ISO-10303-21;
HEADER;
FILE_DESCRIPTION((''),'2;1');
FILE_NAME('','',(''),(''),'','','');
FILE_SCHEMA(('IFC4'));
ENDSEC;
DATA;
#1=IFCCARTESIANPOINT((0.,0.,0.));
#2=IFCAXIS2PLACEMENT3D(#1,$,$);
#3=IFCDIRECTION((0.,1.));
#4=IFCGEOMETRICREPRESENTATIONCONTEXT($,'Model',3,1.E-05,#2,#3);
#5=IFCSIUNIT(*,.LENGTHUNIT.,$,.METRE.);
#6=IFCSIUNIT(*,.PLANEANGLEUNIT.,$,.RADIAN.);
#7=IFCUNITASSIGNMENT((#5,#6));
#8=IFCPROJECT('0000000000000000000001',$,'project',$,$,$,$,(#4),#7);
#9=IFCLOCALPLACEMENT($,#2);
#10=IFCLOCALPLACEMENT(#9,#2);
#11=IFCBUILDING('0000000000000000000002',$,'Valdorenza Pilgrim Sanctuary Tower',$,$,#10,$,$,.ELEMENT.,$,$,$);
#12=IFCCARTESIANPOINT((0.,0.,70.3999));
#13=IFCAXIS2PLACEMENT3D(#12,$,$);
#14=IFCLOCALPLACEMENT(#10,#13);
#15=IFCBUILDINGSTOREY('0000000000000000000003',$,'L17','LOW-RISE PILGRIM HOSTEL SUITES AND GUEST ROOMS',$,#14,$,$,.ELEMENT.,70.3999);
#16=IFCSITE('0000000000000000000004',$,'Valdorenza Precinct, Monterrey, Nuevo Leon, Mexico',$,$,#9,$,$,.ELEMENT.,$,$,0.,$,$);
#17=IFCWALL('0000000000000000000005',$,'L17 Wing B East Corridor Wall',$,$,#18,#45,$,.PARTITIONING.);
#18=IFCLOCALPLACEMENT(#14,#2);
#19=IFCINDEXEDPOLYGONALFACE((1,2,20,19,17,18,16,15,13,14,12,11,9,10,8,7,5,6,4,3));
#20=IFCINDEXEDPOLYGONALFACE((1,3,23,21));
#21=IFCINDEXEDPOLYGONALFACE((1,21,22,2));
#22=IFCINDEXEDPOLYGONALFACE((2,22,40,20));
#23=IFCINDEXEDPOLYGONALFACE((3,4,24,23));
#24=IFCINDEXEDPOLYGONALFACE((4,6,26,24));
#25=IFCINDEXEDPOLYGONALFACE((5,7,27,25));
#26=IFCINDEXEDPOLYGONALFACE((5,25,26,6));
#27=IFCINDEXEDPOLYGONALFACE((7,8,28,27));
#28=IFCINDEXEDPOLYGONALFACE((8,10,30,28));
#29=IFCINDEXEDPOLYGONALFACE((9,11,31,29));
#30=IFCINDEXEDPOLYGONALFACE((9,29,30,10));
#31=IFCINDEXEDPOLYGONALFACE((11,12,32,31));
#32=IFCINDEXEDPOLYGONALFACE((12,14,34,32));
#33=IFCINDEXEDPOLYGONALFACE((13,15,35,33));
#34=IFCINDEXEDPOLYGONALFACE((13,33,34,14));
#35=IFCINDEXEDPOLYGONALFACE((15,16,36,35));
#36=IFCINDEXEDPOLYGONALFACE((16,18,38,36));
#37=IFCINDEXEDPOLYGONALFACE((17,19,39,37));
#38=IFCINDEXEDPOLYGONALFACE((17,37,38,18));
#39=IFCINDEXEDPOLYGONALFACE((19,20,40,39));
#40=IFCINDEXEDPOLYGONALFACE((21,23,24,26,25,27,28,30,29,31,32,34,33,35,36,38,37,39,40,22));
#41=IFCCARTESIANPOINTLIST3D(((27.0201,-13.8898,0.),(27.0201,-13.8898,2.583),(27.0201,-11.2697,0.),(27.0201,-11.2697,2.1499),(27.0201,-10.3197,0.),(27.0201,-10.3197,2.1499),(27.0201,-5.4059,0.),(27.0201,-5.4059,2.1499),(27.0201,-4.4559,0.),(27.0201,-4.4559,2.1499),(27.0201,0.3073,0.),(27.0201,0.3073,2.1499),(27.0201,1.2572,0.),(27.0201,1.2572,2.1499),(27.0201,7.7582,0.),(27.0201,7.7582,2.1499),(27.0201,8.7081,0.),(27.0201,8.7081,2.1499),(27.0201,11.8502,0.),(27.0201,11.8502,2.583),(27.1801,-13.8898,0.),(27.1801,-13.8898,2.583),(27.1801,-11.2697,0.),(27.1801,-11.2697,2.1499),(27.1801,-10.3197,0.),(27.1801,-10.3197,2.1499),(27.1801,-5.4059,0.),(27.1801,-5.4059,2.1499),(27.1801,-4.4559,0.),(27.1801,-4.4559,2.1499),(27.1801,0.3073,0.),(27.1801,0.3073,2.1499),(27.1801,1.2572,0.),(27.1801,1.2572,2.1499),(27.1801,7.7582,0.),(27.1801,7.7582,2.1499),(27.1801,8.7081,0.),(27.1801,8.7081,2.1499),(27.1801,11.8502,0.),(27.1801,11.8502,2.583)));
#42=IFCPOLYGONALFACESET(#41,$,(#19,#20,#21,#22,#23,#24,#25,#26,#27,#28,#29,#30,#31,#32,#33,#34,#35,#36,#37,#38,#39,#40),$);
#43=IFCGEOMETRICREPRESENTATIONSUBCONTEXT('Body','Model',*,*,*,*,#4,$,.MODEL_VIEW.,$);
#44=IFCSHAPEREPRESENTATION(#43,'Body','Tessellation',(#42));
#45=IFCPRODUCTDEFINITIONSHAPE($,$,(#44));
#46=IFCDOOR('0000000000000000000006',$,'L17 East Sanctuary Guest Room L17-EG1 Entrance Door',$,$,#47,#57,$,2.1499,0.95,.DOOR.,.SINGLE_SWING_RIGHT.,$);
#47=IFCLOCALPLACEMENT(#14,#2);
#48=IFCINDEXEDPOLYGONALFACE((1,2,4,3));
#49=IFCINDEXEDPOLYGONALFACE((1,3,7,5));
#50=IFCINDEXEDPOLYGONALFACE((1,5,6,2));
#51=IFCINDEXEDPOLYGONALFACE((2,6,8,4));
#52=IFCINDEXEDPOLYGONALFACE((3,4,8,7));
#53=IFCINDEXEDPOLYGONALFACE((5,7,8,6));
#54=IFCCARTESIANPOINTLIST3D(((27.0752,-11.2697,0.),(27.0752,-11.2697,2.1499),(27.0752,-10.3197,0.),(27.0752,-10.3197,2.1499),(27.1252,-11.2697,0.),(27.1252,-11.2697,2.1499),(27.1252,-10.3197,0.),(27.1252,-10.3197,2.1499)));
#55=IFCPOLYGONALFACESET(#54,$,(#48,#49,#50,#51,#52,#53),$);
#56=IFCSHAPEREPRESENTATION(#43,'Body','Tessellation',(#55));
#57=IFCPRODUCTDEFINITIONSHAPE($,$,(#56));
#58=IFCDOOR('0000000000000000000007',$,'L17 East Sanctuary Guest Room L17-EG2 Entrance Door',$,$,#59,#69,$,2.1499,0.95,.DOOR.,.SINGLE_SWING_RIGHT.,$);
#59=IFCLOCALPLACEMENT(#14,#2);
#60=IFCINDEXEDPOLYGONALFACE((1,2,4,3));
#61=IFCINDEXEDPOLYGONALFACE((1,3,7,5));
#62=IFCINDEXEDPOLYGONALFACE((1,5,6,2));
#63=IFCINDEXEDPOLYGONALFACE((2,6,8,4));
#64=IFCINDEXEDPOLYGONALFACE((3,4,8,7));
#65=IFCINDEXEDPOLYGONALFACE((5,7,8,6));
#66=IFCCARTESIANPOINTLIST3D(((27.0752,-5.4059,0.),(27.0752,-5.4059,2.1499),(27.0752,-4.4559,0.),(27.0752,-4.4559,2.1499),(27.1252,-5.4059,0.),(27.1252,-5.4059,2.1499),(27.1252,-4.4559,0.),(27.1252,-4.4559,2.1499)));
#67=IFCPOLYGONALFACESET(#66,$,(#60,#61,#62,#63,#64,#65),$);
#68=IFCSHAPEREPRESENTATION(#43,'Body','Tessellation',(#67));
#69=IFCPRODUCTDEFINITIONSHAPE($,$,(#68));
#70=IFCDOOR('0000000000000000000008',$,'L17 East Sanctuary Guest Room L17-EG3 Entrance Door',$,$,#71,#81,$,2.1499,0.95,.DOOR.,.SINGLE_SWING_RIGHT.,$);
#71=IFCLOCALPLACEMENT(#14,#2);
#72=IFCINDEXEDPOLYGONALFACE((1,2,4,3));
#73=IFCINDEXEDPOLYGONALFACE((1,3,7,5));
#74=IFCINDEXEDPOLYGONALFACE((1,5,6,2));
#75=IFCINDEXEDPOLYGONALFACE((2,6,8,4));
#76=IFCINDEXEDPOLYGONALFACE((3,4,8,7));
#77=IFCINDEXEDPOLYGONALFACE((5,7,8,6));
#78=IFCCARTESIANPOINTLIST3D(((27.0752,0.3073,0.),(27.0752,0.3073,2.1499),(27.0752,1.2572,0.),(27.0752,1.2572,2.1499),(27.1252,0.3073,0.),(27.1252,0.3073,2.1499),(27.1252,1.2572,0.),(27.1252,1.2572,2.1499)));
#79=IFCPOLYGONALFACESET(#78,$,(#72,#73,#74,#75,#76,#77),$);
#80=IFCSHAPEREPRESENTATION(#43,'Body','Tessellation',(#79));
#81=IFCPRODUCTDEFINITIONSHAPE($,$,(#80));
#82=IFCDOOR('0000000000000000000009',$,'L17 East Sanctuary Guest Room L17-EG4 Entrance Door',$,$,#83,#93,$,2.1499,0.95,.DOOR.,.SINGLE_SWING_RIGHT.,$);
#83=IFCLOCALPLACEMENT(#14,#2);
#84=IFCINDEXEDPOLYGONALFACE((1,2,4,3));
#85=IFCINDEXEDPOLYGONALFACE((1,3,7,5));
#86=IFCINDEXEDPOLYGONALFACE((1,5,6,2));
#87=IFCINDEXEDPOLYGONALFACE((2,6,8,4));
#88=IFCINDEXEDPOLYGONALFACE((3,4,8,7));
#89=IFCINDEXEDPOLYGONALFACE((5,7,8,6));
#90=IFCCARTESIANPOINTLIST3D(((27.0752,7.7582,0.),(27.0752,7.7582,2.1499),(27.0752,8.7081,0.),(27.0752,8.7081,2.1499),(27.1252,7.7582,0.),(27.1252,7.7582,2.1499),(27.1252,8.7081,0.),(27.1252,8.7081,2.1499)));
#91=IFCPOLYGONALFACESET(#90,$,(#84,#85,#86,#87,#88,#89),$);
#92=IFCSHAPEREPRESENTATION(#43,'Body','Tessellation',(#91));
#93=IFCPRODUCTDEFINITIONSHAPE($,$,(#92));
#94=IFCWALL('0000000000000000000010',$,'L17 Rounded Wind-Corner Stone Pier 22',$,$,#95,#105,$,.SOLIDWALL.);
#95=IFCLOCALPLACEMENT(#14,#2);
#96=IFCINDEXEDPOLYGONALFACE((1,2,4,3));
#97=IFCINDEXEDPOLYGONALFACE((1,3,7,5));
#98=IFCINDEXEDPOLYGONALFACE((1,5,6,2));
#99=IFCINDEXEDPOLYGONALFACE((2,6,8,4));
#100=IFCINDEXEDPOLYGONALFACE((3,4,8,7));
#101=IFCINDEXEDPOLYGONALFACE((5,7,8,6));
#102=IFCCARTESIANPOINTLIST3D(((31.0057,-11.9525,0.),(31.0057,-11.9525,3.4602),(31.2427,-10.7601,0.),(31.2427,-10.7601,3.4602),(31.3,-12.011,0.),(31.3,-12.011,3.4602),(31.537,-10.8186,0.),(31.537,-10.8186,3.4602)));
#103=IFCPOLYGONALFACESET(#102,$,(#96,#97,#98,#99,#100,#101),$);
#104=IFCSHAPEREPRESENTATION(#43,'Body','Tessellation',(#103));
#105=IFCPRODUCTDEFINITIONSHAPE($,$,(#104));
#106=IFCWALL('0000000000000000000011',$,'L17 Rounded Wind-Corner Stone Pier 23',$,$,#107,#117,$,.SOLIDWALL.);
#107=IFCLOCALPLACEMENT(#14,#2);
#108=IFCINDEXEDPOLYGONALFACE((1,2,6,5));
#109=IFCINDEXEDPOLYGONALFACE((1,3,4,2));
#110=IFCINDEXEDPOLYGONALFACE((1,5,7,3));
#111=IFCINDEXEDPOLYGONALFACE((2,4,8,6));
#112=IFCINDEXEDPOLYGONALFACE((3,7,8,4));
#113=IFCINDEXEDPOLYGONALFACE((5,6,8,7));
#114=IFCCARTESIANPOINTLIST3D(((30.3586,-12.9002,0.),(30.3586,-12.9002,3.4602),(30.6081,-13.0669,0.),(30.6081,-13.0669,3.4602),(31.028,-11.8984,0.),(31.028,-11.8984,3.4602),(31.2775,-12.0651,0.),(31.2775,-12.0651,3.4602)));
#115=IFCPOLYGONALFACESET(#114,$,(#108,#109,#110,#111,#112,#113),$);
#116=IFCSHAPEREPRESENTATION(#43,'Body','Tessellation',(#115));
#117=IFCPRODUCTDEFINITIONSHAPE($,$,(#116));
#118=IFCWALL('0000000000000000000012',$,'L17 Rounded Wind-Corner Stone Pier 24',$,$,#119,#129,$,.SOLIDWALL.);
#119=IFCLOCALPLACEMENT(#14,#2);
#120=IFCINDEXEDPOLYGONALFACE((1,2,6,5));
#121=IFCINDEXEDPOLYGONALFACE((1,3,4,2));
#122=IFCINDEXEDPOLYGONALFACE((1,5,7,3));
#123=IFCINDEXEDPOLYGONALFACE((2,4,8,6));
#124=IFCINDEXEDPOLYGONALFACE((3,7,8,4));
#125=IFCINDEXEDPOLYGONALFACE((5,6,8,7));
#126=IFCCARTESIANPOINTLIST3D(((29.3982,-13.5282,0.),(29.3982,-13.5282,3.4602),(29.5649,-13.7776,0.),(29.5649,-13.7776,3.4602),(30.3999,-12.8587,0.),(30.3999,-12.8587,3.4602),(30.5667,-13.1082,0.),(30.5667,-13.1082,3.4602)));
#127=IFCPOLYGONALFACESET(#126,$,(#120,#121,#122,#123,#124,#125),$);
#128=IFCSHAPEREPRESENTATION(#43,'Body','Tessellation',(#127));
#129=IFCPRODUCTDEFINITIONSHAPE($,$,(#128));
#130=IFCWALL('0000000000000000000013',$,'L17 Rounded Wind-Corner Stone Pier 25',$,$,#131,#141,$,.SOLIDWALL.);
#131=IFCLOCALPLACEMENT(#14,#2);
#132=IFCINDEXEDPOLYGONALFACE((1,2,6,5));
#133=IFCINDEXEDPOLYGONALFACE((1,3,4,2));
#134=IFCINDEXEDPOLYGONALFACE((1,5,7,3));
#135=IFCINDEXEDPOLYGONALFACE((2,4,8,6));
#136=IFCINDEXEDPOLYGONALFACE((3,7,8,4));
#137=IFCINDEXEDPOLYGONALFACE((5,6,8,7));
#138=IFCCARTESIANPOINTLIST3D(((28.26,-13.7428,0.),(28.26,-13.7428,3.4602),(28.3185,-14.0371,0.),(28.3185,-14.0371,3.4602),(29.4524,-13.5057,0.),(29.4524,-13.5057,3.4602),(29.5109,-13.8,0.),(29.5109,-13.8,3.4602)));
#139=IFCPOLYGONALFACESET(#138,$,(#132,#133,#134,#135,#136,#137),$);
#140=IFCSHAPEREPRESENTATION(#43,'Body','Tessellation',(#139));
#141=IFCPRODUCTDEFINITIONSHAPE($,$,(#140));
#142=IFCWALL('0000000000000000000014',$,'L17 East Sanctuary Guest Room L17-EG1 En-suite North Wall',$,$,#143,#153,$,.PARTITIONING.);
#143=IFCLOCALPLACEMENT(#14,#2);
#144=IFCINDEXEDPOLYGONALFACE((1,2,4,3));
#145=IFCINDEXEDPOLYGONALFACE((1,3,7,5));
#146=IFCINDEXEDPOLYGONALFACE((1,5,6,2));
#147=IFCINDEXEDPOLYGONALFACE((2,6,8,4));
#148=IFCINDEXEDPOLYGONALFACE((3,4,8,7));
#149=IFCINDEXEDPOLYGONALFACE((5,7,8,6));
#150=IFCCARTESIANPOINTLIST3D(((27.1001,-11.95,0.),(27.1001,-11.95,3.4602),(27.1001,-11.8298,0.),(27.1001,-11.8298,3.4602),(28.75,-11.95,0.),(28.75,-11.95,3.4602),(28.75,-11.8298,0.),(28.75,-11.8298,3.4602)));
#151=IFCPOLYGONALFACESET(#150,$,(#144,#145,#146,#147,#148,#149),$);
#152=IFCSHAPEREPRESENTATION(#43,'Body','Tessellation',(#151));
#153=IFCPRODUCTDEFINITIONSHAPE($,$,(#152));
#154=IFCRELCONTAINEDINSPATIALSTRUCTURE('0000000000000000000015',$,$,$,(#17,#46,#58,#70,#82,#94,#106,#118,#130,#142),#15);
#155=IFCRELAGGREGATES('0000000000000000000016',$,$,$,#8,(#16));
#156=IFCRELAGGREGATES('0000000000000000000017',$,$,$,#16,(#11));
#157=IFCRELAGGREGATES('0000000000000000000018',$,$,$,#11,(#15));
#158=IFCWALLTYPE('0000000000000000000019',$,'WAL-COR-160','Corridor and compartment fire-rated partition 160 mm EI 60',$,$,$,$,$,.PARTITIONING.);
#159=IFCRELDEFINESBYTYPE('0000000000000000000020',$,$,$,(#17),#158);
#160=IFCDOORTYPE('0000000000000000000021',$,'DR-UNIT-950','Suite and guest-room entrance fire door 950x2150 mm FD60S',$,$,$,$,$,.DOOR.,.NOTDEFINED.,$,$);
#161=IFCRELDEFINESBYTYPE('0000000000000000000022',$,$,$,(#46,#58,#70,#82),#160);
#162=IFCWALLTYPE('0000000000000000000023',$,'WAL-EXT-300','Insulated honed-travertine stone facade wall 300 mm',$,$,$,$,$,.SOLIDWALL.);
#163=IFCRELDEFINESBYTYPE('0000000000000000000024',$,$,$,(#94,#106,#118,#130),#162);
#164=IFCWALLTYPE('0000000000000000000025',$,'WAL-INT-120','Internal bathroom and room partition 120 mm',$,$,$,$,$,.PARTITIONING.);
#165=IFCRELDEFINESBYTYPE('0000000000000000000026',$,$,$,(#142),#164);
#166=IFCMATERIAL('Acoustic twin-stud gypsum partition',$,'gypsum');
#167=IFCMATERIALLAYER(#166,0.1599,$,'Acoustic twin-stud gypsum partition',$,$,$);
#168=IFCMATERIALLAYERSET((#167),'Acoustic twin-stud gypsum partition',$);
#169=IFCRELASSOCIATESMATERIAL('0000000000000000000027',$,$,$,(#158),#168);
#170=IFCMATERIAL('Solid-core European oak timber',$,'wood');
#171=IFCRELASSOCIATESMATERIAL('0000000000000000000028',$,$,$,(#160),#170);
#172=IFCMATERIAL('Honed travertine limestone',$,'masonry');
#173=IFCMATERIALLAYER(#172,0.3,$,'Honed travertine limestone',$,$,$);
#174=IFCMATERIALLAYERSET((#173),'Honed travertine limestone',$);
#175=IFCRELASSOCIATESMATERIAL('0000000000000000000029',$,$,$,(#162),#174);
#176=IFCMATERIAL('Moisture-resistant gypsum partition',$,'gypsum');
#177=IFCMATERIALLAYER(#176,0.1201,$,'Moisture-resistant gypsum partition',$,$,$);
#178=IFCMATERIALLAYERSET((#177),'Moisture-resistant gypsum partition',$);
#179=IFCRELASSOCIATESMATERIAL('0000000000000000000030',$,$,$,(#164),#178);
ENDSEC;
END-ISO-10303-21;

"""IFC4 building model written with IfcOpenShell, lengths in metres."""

from ifc_helpers import new_model, si_unit, direction, frame, frame_2d, origin, place, context, subcontext, project, spatial, rectangle, extrude, material, layer, layer_set, type_object, element, fill, save


model = new_model("IFC4")

# Units and contexts
model_context = context("Model", 3, precision=1e-05, world=origin(), true_north=direction((0.0, 1.0)))
body_context = subcontext(model_context, "Body", "Model", "MODEL_VIEW")
ifc_project = project(units=[si_unit("LENGTHUNIT", "METRE"), si_unit("PLANEANGLEUNIT", "RADIAN")], contexts=[model_context])

# Site, building, storey
site_placement = place(None, origin())
site = spatial("IfcSite", under=ifc_project, at=site_placement, Name="Valdorenza Precinct, Monterrey, Nuevo Leon, Mexico", CompositionType="ELEMENT", RefElevation=0.0)
building_placement = place(site_placement, origin())
building = spatial("IfcBuilding", under=site, at=building_placement, Name="Valdorenza Pilgrim Sanctuary Tower", CompositionType="ELEMENT")
storey_placement = place(building_placement, frame((0.0, 0.0, 70.3999)))
storey = spatial("IfcBuildingStorey", under=building, at=storey_placement, Name="L17", Description="LOW-RISE PILGRIM HOSTEL SUITES AND GUEST ROOMS", CompositionType="ELEMENT", Elevation=70.3999)

# Shared definitions
ifc_material_1 = material(Name="Acoustic twin-stud gypsum partition", Category="gypsum")
ifc_layer_1 = layer(ifc_material_1, 0.1599, Name="Acoustic twin-stud gypsum partition")
ifc_layer_set_1 = layer_set([ifc_layer_1], Name="Acoustic twin-stud gypsum partition")
wall_type_1 = type_object("IfcWallType", Name="WAL-COR-160", Description="Corridor and compartment fire-rated partition 160 mm EI 60", PredefinedType="PARTITIONING", material=ifc_layer_set_1)
ifc_material_2 = material(Name="Solid-core European oak timber", Category="wood")

# Wall, openings, doors
wall_1_placement = place(storey_placement, frame((27.1001, -13.8899, 0.0), z_axis=(0.0, 0.0, 1.0), x_axis=(0.0, 1.0, 0.0)))
wall_1 = element("IfcWall", 1, at=wall_1_placement, inside=storey, type_object=wall_type_1, Name="L17 Wing B East Corridor Wall", PredefinedType="PARTITIONING", context=body_context, shape_type="SweptSolid", body=[
    extrude(rectangle(XDim=25.74, YDim=0.1599, at=frame_2d((12.8701, 0.0))), origin(), (0.0, 0.0, 1.0), 2.583),
])
opening_1_placement = place(wall_1_placement, frame((2.6201, 0.0, 0.0)))
opening_1 = element("IfcOpeningElement", 2, at=opening_1_placement, cuts=wall_1, PredefinedType="OPENING", context=body_context, shape_type="SweptSolid", body=[
    extrude(rectangle(XDim=0.95, YDim=2.1499, at=frame_2d((0.4751, 1.075))), frame((0.0, 0.0947, 0.0), z_axis=(0.0, -1.0, 0.0), x_axis=(1.0, 0.0, 0.0)), (0.0, 0.0, 1.0), 0.1897),
])
opening_2_placement = place(wall_1_placement, frame((8.4839, 0.0, 0.0)))
opening_2 = element("IfcOpeningElement", 3, at=opening_2_placement, cuts=wall_1, PredefinedType="OPENING", context=body_context, shape_type="SweptSolid", body=[
    extrude(rectangle(XDim=0.95, YDim=2.1499, at=frame_2d((0.4751, 1.075))), frame((0.0, 0.0947, 0.0), z_axis=(0.0, -1.0, 0.0), x_axis=(1.0, 0.0, 0.0)), (0.0, 0.0, 1.0), 0.1897),
])
opening_3_placement = place(wall_1_placement, frame((14.197, 0.0, 0.0)))
opening_3 = element("IfcOpeningElement", 4, at=opening_3_placement, cuts=wall_1, PredefinedType="OPENING", context=body_context, shape_type="SweptSolid", body=[
    extrude(rectangle(XDim=0.95, YDim=2.1499, at=frame_2d((0.4751, 1.075))), frame((0.0, 0.0947, 0.0), z_axis=(0.0, -1.0, 0.0), x_axis=(1.0, 0.0, 0.0)), (0.0, 0.0, 1.0), 0.1897),
])
opening_4_placement = place(wall_1_placement, frame((21.6479, 0.0, 0.0)))
opening_4 = element("IfcOpeningElement", 5, at=opening_4_placement, cuts=wall_1, PredefinedType="OPENING", context=body_context, shape_type="SweptSolid", body=[
    extrude(rectangle(XDim=0.95, YDim=2.1499, at=frame_2d((0.4751, 1.075))), frame((0.0, 0.0947, 0.0), z_axis=(0.0, -1.0, 0.0), x_axis=(1.0, 0.0, 0.0)), (0.0, 0.0, 1.0), 0.1897),
])
door_type_1 = type_object("IfcDoorType", Name="DR-UNIT-950", Description="Suite and guest-room entrance fire door 950x2150 mm FD60S", OperationType="NOTDEFINED", PredefinedType="DOOR", material=ifc_material_2)
door_1_placement = place(opening_1_placement, origin())
door_1 = element("IfcDoor", 6, at=door_1_placement, inside=storey, type_object=door_type_1, Name="L17 East Sanctuary Guest Room L17-EG1 Entrance Door", OperationType="SINGLE_SWING_RIGHT", OverallHeight=2.1499, OverallWidth=0.95, PredefinedType="DOOR", context=body_context, shape_type="SweptSolid", body=[
    extrude(rectangle(XDim=0.95, YDim=2.1499, at=frame_2d((0.4751, 1.075))), frame((0.0, 0.0249, 0.0), z_axis=(0.0, -1.0, 0.0), x_axis=(1.0, 0.0, 0.0)), (0.0, 0.0, 1.0), 0.05),
])
fill(opening_1, door_1)
door_2_placement = place(opening_2_placement, origin())
door_2 = element("IfcDoor", 7, at=door_2_placement, inside=storey, type_object=door_type_1, Name="L17 East Sanctuary Guest Room L17-EG2 Entrance Door", OperationType="SINGLE_SWING_RIGHT", OverallHeight=2.1499, OverallWidth=0.95, PredefinedType="DOOR", context=body_context, shape_type="SweptSolid", body=[
    extrude(rectangle(XDim=0.95, YDim=2.1499, at=frame_2d((0.4751, 1.075))), frame((0.0, 0.0249, 0.0), z_axis=(0.0, -1.0, 0.0), x_axis=(1.0, 0.0, 0.0)), (0.0, 0.0, 1.0), 0.05),
])
fill(opening_2, door_2)
door_3_placement = place(opening_3_placement, origin())
door_3 = element("IfcDoor", 8, at=door_3_placement, inside=storey, type_object=door_type_1, Name="L17 East Sanctuary Guest Room L17-EG3 Entrance Door", OperationType="SINGLE_SWING_RIGHT", OverallHeight=2.1499, OverallWidth=0.95, PredefinedType="DOOR", context=body_context, shape_type="SweptSolid", body=[
    extrude(rectangle(XDim=0.95, YDim=2.1499, at=frame_2d((0.4751, 1.075))), frame((0.0, 0.0249, 0.0), z_axis=(0.0, -1.0, 0.0), x_axis=(1.0, 0.0, 0.0)), (0.0, 0.0, 1.0), 0.05),
])
fill(opening_3, door_3)
door_4_placement = place(opening_4_placement, origin())
door_4 = element("IfcDoor", 9, at=door_4_placement, inside=storey, type_object=door_type_1, Name="L17 East Sanctuary Guest Room L17-EG4 Entrance Door", OperationType="SINGLE_SWING_RIGHT", OverallHeight=2.1499, OverallWidth=0.95, PredefinedType="DOOR", context=body_context, shape_type="SweptSolid", body=[
    extrude(rectangle(XDim=0.95, YDim=2.1499, at=frame_2d((0.4751, 1.075))), frame((0.0, 0.0249, 0.0), z_axis=(0.0, -1.0, 0.0), x_axis=(1.0, 0.0, 0.0)), (0.0, 0.0, 1.0), 0.05),
])
fill(opening_4, door_4)

# Walls
ifc_material_3 = material(Name="Honed travertine limestone", Category="masonry")
ifc_layer_2 = layer(ifc_material_3, 0.3, Name="Honed travertine limestone")
ifc_layer_set_2 = layer_set([ifc_layer_2], Name="Honed travertine limestone")
wall_type_2 = type_object("IfcWallType", Name="WAL-EXT-300", Description="Insulated honed-travertine stone facade wall 300 mm", PredefinedType="SOLIDWALL", material=ifc_layer_set_2)
wall_2_placement = place(storey_placement, frame((31.3899, -10.7893, 0.0), z_axis=(0.0, 0.0, 1.0), x_axis=(-0.194996, -0.980804, 0.0)))
element("IfcWall", 10, at=wall_2_placement, inside=storey, type_object=wall_type_2, Name="L17 Rounded Wind-Corner Stone Pier 22", PredefinedType="SOLIDWALL", context=body_context, shape_type="SweptSolid", body=[
    extrude(rectangle(XDim=1.2158, YDim=0.3, at=frame_2d((0.6079, 0.0))), origin(), (0.0, 0.0, 1.0), 3.4602),
])
for number, where, z_axis, x_axis, name in (
    (11, (31.1528, -11.9817, 0.0), (0.0, 0.0, 1.0), (-0.555635, -0.831426, 0.0), "L17 Rounded Wind-Corner Stone Pier 23"),
    (12, (30.4834, -12.9834, 0.0), (0.0, 0.0, 1.0), (-0.831426, -0.555635, 0.0), "L17 Rounded Wind-Corner Stone Pier 24"),
):
    element("IfcWall", number, at=place(storey_placement, frame(where, z_axis=z_axis, x_axis=x_axis)), inside=storey, type_object=wall_type_2, Name=name, PredefinedType="SOLIDWALL", context=body_context, shape_type="SweptSolid", body=[
        extrude(rectangle(XDim=1.2048, YDim=0.3, at=frame_2d((0.6025, 0.0))), origin(), (0.0, 0.0, 1.0), 3.4602),
    ])
wall_3_placement = place(storey_placement, frame((29.4817, -13.6528, 0.0), z_axis=(0.0, 0.0, 1.0), x_axis=(-0.980804, -0.194996, 0.0)))
element("IfcWall", 13, at=wall_3_placement, inside=storey, type_object=wall_type_2, Name="L17 Rounded Wind-Corner Stone Pier 25", PredefinedType="SOLIDWALL", context=body_context, shape_type="SweptSolid", body=[
    extrude(rectangle(XDim=1.2158, YDim=0.3, at=frame_2d((0.6079, 0.0))), origin(), (0.0, 0.0, 1.0), 3.4602),
])
ifc_material_4 = material(Name="Moisture-resistant gypsum partition", Category="gypsum")
ifc_layer_3 = layer(ifc_material_4, 0.1201, Name="Moisture-resistant gypsum partition")
ifc_layer_set_3 = layer_set([ifc_layer_3], Name="Moisture-resistant gypsum partition")
wall_type_3 = type_object("IfcWallType", Name="WAL-INT-120", Description="Internal bathroom and room partition 120 mm", PredefinedType="PARTITIONING", material=ifc_layer_set_3)
wall_4_placement = place(storey_placement, frame((27.1001, -11.8899, 0.0), z_axis=(0.0, 0.0, 1.0), x_axis=(1.0, 0.0, 0.0)))
element("IfcWall", 14, at=wall_4_placement, inside=storey, type_object=wall_type_3, Name="L17 East Sanctuary Guest Room L17-EG1 En-suite North Wall", PredefinedType="PARTITIONING", context=body_context, shape_type="SweptSolid", body=[
    extrude(rectangle(XDim=1.6499, YDim=0.1201, at=frame_2d((0.825, 0.0))), origin(), (0.0, 0.0, 1.0), 3.4602),
])

save(model, "model.ifc")
